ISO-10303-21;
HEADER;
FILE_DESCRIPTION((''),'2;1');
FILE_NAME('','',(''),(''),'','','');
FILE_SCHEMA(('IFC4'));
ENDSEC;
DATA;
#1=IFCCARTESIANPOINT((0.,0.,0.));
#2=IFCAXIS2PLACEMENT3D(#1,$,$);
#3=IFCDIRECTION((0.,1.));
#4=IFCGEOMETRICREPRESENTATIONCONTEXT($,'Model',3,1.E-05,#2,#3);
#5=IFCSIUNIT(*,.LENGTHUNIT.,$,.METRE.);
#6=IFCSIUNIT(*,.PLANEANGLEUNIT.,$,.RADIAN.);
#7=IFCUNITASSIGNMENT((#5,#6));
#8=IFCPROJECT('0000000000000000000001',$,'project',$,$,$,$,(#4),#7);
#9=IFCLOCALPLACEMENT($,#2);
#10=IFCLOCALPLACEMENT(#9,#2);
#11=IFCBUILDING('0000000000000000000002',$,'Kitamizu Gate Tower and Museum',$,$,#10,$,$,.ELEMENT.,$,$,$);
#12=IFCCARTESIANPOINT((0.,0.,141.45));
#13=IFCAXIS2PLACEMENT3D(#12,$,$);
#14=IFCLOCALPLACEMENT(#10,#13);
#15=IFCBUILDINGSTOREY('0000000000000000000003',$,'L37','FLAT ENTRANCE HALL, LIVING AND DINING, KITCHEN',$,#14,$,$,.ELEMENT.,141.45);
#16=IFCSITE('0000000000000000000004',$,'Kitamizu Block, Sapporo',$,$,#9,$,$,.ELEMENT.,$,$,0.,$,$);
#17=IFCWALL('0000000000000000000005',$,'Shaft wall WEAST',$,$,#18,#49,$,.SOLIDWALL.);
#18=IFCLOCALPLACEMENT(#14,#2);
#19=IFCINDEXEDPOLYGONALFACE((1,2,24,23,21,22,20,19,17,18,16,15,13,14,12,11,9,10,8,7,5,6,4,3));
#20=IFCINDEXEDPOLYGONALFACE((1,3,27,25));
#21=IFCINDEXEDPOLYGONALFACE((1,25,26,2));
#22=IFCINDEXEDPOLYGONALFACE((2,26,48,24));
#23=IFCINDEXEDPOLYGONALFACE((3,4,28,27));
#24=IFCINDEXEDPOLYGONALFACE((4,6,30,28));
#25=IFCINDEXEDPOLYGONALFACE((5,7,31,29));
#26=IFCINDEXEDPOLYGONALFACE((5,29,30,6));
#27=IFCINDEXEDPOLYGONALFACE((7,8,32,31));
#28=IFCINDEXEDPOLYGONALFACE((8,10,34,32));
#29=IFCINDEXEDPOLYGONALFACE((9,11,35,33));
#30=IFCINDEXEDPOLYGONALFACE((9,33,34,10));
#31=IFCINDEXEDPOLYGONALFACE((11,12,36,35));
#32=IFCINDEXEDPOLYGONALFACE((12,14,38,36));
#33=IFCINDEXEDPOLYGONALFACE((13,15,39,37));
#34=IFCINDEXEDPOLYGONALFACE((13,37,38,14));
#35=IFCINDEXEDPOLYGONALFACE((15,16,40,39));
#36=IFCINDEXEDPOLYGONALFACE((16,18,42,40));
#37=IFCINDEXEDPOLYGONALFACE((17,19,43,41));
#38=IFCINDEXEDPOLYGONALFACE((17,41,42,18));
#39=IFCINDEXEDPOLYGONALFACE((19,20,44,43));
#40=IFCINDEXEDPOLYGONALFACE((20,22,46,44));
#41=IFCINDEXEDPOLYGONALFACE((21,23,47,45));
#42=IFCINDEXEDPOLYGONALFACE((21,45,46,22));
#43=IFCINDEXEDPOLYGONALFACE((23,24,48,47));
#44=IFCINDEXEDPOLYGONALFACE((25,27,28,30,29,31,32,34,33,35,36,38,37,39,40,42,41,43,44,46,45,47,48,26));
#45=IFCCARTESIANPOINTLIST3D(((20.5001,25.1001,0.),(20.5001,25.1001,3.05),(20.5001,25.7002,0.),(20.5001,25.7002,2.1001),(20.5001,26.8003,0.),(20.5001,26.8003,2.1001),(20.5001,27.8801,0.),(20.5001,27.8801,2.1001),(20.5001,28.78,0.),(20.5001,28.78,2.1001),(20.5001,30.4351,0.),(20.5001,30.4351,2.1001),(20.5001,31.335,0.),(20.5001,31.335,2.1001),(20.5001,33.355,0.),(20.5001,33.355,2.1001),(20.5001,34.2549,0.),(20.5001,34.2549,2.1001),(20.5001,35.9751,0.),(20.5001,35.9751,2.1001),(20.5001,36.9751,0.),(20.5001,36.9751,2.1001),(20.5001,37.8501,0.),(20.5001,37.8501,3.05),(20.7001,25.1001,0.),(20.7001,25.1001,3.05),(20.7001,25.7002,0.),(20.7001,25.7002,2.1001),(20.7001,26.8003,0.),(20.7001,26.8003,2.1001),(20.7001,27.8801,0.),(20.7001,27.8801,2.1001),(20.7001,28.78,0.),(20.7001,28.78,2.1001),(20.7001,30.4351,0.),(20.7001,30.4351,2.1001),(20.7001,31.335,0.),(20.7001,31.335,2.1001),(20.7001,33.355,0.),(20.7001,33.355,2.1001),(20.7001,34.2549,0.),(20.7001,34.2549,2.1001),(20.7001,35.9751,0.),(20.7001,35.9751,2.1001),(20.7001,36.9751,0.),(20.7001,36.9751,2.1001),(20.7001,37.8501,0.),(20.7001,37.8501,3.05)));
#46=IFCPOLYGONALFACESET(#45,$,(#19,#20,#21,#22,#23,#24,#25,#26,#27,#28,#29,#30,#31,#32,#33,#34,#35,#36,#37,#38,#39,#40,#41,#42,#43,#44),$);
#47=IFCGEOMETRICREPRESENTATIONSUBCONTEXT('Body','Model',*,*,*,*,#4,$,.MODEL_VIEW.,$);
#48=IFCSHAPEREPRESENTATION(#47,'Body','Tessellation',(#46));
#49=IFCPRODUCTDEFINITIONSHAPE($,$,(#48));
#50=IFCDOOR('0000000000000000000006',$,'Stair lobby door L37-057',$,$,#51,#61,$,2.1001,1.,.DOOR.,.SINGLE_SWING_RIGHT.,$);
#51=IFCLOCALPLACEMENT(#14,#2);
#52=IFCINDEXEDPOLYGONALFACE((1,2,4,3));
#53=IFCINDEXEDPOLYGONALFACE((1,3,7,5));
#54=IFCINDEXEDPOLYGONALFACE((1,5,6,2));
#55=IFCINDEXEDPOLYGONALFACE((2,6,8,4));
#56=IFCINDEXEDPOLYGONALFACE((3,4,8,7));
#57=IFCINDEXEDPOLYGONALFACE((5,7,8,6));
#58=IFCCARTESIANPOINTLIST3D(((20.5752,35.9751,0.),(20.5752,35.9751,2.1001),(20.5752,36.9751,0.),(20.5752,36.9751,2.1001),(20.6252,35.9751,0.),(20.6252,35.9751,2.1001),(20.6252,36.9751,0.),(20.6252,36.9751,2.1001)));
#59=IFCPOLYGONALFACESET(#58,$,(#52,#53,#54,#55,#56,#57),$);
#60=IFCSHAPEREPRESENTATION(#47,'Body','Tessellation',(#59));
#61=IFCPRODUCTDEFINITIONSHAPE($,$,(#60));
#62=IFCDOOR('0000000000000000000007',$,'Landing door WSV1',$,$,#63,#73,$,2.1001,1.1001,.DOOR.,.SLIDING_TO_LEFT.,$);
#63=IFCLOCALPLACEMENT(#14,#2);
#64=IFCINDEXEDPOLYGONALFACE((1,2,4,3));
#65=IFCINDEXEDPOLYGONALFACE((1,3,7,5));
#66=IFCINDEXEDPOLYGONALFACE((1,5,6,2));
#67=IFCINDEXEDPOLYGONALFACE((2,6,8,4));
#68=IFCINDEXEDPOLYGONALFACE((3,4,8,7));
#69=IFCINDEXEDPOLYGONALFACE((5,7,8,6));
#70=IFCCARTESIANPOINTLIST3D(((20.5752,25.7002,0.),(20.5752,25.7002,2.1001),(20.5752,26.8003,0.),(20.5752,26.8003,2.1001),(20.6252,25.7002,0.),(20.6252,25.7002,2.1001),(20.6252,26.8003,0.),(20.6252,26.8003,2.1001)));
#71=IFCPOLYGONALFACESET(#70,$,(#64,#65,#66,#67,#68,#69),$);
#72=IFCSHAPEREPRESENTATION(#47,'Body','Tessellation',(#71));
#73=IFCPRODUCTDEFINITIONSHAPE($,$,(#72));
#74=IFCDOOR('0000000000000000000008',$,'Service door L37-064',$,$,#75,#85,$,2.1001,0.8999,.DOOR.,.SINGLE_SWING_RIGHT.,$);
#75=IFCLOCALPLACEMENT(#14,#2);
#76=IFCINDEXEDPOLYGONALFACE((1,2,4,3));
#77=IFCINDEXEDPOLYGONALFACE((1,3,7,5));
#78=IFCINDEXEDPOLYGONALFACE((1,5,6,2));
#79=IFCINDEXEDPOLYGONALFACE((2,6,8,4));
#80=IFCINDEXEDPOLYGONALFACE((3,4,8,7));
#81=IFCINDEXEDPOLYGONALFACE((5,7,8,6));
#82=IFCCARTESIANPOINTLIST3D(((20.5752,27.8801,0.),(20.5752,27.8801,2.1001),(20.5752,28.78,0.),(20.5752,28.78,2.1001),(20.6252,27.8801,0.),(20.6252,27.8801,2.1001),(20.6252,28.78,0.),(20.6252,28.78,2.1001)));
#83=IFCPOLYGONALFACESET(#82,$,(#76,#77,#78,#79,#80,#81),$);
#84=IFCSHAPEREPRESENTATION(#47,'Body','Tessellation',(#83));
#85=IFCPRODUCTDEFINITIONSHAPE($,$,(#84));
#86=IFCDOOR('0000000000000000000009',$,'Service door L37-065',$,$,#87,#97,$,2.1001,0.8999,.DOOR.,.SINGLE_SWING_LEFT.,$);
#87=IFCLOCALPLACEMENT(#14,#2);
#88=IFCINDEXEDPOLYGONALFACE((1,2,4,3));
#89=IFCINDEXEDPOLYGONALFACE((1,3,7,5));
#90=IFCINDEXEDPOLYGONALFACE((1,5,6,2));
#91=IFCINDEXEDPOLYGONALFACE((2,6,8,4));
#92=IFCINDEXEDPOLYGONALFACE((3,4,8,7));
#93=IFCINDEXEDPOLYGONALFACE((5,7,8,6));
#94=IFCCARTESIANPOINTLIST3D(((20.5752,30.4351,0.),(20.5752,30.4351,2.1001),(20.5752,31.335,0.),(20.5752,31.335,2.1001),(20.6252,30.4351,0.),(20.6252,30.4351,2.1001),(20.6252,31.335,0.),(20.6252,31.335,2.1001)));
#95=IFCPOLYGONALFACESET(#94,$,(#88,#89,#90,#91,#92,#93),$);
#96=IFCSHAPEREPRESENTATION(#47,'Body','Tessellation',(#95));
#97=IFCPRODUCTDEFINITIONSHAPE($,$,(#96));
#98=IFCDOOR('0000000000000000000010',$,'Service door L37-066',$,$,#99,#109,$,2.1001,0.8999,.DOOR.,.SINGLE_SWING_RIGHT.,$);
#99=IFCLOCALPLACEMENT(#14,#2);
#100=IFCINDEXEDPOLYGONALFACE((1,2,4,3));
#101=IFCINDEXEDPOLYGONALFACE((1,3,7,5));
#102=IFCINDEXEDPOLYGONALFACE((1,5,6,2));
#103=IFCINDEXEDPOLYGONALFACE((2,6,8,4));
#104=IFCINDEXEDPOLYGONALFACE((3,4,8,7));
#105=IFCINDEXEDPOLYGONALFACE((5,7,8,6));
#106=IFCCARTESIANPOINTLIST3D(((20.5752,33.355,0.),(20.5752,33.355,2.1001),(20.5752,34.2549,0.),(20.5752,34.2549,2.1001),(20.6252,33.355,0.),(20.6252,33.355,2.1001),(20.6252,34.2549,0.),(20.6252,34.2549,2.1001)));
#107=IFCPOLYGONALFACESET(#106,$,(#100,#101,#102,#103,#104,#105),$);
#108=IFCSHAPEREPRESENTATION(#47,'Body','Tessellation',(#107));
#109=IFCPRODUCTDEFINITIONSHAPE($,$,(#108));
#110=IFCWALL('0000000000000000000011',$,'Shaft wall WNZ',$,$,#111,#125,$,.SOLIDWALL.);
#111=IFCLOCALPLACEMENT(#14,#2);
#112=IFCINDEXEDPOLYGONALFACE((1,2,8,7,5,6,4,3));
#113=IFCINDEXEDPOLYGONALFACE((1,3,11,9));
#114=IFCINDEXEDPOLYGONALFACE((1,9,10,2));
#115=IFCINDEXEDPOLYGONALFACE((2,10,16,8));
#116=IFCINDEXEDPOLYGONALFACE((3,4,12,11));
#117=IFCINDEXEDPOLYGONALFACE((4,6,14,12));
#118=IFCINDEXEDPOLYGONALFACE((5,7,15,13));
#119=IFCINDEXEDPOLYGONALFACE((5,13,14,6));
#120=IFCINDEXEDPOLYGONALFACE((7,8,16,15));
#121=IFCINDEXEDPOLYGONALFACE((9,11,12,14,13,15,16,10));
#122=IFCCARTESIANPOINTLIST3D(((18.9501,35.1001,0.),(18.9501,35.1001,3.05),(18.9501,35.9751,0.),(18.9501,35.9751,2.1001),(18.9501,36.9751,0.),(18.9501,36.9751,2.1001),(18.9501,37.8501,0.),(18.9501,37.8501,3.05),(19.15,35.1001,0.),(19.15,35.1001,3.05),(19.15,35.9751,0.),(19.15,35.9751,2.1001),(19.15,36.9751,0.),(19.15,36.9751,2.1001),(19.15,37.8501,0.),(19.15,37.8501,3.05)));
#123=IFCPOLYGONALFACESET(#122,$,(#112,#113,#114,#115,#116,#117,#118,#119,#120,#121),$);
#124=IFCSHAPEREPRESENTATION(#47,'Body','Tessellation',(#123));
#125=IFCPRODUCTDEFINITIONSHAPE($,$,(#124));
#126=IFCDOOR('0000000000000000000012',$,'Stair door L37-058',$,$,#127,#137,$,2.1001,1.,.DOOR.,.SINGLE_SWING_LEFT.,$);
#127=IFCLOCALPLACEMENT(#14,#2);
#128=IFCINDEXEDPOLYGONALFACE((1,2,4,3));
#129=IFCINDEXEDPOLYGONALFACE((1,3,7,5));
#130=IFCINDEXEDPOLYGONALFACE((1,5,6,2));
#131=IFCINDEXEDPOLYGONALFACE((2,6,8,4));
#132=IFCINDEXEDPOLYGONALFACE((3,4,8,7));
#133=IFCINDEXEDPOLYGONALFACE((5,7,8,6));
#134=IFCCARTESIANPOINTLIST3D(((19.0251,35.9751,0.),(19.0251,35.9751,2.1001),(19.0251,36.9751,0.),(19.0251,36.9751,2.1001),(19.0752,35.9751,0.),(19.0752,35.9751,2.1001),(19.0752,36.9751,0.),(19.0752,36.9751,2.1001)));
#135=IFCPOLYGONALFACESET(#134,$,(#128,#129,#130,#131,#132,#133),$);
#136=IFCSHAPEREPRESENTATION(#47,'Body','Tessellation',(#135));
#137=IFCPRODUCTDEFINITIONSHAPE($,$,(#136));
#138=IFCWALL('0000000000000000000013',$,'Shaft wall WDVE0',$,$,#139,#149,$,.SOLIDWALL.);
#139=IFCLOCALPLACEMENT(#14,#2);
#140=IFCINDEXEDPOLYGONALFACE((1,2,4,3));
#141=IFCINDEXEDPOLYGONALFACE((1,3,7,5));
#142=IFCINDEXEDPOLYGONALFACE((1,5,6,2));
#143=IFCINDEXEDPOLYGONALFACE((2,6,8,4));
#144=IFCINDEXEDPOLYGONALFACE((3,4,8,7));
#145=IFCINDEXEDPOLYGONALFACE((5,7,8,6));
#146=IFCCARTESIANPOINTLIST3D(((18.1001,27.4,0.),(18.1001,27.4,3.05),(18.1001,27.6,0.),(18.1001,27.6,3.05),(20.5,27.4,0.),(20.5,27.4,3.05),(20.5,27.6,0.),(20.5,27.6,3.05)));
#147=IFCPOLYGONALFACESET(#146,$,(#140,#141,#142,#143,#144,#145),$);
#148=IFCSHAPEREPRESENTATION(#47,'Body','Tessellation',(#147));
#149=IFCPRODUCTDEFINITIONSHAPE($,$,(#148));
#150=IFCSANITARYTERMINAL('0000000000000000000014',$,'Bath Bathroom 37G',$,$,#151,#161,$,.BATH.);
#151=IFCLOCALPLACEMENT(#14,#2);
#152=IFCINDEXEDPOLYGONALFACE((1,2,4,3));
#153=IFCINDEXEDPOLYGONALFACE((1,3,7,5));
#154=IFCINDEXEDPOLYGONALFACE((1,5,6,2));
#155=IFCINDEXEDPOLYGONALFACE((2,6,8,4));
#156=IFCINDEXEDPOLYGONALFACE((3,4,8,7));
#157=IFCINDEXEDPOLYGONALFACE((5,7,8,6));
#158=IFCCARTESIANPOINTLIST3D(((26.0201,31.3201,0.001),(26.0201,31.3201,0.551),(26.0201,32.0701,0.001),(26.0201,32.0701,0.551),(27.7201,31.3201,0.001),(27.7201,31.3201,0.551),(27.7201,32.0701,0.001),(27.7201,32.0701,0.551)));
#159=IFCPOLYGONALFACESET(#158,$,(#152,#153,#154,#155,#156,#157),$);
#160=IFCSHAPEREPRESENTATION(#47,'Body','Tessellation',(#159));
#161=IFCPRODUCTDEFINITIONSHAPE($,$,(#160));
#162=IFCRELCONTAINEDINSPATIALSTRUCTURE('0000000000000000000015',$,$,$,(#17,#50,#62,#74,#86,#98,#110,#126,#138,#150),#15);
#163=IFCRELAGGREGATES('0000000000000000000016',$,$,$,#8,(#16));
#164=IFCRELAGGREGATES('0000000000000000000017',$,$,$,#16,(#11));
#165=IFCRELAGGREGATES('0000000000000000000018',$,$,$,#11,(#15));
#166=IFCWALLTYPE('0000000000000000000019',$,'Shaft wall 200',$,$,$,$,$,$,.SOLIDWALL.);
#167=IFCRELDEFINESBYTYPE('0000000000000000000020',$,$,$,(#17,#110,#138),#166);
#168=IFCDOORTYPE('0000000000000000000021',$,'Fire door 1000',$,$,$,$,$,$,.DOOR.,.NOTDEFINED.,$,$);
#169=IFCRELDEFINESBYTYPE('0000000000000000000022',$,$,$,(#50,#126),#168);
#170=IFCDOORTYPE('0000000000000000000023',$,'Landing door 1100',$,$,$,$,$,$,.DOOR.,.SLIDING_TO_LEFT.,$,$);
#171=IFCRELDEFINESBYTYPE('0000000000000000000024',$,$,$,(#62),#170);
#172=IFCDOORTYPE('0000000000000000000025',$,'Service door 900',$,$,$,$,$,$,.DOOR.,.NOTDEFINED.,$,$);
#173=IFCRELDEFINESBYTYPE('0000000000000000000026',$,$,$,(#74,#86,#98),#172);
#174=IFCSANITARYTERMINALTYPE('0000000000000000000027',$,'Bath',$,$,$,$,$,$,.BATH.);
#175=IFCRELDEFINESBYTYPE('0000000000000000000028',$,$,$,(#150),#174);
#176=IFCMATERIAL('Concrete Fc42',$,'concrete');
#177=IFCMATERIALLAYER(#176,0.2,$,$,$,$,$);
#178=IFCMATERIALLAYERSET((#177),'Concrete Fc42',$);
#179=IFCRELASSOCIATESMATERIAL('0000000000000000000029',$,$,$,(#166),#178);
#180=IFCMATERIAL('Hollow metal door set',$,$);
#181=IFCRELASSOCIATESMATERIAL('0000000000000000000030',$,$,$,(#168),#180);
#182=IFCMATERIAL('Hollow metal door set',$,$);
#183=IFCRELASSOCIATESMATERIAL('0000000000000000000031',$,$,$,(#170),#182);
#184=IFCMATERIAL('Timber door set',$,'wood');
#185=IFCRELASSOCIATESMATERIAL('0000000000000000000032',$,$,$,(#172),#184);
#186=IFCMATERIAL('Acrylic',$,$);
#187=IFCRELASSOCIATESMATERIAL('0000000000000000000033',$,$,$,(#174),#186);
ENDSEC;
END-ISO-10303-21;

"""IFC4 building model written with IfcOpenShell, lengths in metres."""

from ifc_helpers import new_model, si_unit, direction, frame, frame_2d, origin, origin_2d, place, context, subcontext, project, spatial, rectangle, extrude, material, layer, layer_set, type_object, element, fill, save


model = new_model("IFC4")

# Units and contexts
model_context = context("Model", 3, precision=1e-05, world=origin(), true_north=direction((0.0, 1.0)))
body_context = subcontext(model_context, "Body", "Model", "MODEL_VIEW")
ifc_project = project(units=[si_unit("LENGTHUNIT", "METRE"), si_unit("PLANEANGLEUNIT", "RADIAN")], contexts=[model_context])

# Site, building, storey
site_placement = place(None, origin())
site = spatial("IfcSite", under=ifc_project, at=site_placement, Name="Kitamizu Block, Sapporo", CompositionType="ELEMENT", RefElevation=0.0)
building_placement = place(site_placement, origin())
building = spatial("IfcBuilding", under=site, at=building_placement, Name="Kitamizu Gate Tower and Museum", CompositionType="ELEMENT")
storey_placement = place(building_placement, frame((0.0, 0.0, 141.45)))
storey = spatial("IfcBuildingStorey", under=building, at=storey_placement, Name="L37", Description="FLAT ENTRANCE HALL, LIVING AND DINING, KITCHEN", CompositionType="ELEMENT", Elevation=141.45)

# Wall, openings, doors
ifc_material_1 = material(Name="Concrete Fc42", Category="concrete")
ifc_layer_1 = layer(ifc_material_1, 0.2)
ifc_layer_set_1 = layer_set([ifc_layer_1], Name="Concrete Fc42")
wall_type_1 = type_object("IfcWallType", Name="Shaft wall 200", PredefinedType="SOLIDWALL", material=ifc_layer_set_1)
wall_1_placement = place(storey_placement, frame((20.6001, 25.1001, 0.0), z_axis=(0.0, 0.0, 1.0), x_axis=(0.0, 1.0, 0.0)))
wall_1 = element("IfcWall", 1, at=wall_1_placement, inside=storey, type_object=wall_type_1, Name="Shaft wall WEAST", PredefinedType="SOLIDWALL", context=body_context, shape_type="SweptSolid", body=[
    extrude(rectangle(XDim=12.75, YDim=0.2, at=frame_2d((6.375, 0.0))), origin(), (0.0, 0.0, 1.0), 3.05),
])
opening_1_placement = place(wall_1_placement, frame((0.6001, 0.0, 0.0)))
opening_1 = element("IfcOpeningElement", 2, at=opening_1_placement, cuts=wall_1, PredefinedType="OPENING", context=body_context, shape_type="SweptSolid", body=[
    extrude(rectangle(XDim=1.1001, YDim=2.1001, at=frame_2d((0.55, 1.05))), frame((0.0, 0.1099, 0.0), z_axis=(0.0, -1.0, 0.0), x_axis=(1.0, 0.0, 0.0)), (0.0, 0.0, 1.0), 0.22),
])
opening_2_placement = place(wall_1_placement, frame((10.875, 0.0, 0.0)))
opening_2 = element("IfcOpeningElement", 3, at=opening_2_placement, cuts=wall_1, PredefinedType="OPENING", context=body_context, shape_type="SweptSolid", body=[
    extrude(rectangle(XDim=1.0, YDim=2.1001, at=frame_2d((0.5, 1.05))), frame((0.0, 0.1099, 0.0), z_axis=(0.0, -1.0, 0.0), x_axis=(1.0, 0.0, 0.0)), (0.0, 0.0, 1.0), 0.22),
])
opening_3_placement = place(wall_1_placement, frame((2.78, 0.0, 0.0)))
opening_3 = element("IfcOpeningElement", 4, at=opening_3_placement, cuts=wall_1, PredefinedType="OPENING", context=body_context, shape_type="SweptSolid", body=[
    extrude(rectangle(XDim=0.8999, YDim=2.1001, at=frame_2d((0.45, 1.05))), frame((0.0, 0.1099, 0.0), z_axis=(0.0, -1.0, 0.0), x_axis=(1.0, 0.0, 0.0)), (0.0, 0.0, 1.0), 0.22),
])
opening_4_placement = place(wall_1_placement, frame((5.335, 0.0, 0.0)))
opening_4 = element("IfcOpeningElement", 5, at=opening_4_placement, cuts=wall_1, PredefinedType="OPENING", context=body_context, shape_type="SweptSolid", body=[
    extrude(rectangle(XDim=0.8999, YDim=2.1001, at=frame_2d((0.45, 1.05))), frame((0.0, 0.1099, 0.0), z_axis=(0.0, -1.0, 0.0), x_axis=(1.0, 0.0, 0.0)), (0.0, 0.0, 1.0), 0.22),
])
opening_5_placement = place(wall_1_placement, frame((8.2549, 0.0, 0.0)))
opening_5 = element("IfcOpeningElement", 6, at=opening_5_placement, cuts=wall_1, PredefinedType="OPENING", context=body_context, shape_type="SweptSolid", body=[
    extrude(rectangle(XDim=0.8999, YDim=2.1001, at=frame_2d((0.45, 1.05))), frame((0.0, 0.1099, 0.0), z_axis=(0.0, -1.0, 0.0), x_axis=(1.0, 0.0, 0.0)), (0.0, 0.0, 1.0), 0.22),
])
ifc_material_2 = material(Name="Hollow metal door set")
door_type_1 = type_object("IfcDoorType", Name="Fire door 1000", OperationType="NOTDEFINED", PredefinedType="DOOR", material=ifc_material_2)
door_1_placement = place(opening_2_placement, origin())
door_1 = element("IfcDoor", 7, at=door_1_placement, inside=storey, type_object=door_type_1, Name="Stair lobby door L37-057", OperationType="SINGLE_SWING_RIGHT", OverallHeight=2.1001, OverallWidth=1.0, PredefinedType="DOOR", context=body_context, shape_type="SweptSolid", body=[
    extrude(rectangle(XDim=1.0, YDim=2.1001, at=frame_2d((0.5, 1.05))), frame((0.0, 0.0249, 0.0), z_axis=(0.0, -1.0, 0.0), x_axis=(1.0, 0.0, 0.0)), (0.0, 0.0, 1.0), 0.05),
])
fill(opening_2, door_1)
ifc_material_3 = material(Name="Hollow metal door set")
door_type_2 = type_object("IfcDoorType", Name="Landing door 1100", OperationType="SLIDING_TO_LEFT", PredefinedType="DOOR", material=ifc_material_3)
door_2_placement = place(opening_1_placement, origin())
door_2 = element("IfcDoor", 8, at=door_2_placement, inside=storey, type_object=door_type_2, Name="Landing door WSV1", OperationType="SLIDING_TO_LEFT", OverallHeight=2.1001, OverallWidth=1.1001, PredefinedType="DOOR", context=body_context, shape_type="SweptSolid", body=[
    extrude(rectangle(XDim=1.1001, YDim=2.1001, at=frame_2d((0.55, 1.05))), frame((0.0, 0.0249, 0.0), z_axis=(0.0, -1.0, 0.0), x_axis=(1.0, 0.0, 0.0)), (0.0, 0.0, 1.0), 0.05),
])
fill(opening_1, door_2)
ifc_material_4 = material(Name="Timber door set", Category="wood")
door_type_3 = type_object("IfcDoorType", Name="Service door 900", OperationType="NOTDEFINED", PredefinedType="DOOR", material=ifc_material_4)
door_3_placement = place(opening_3_placement, origin())
door_3 = element("IfcDoor", 9, at=door_3_placement, inside=storey, type_object=door_type_3, Name="Service door L37-064", OperationType="SINGLE_SWING_RIGHT", OverallHeight=2.1001, OverallWidth=0.8999, PredefinedType="DOOR", context=body_context, shape_type="SweptSolid", body=[
    extrude(rectangle(XDim=0.8999, YDim=2.1001, at=frame_2d((0.45, 1.05))), frame((0.0, 0.0249, 0.0), z_axis=(0.0, -1.0, 0.0), x_axis=(1.0, 0.0, 0.0)), (0.0, 0.0, 1.0), 0.05),
])
fill(opening_3, door_3)
door_4_placement = place(opening_4_placement, origin())
door_4 = element("IfcDoor", 10, at=door_4_placement, inside=storey, type_object=door_type_3, Name="Service door L37-065", OperationType="SINGLE_SWING_LEFT", OverallHeight=2.1001, OverallWidth=0.8999, PredefinedType="DOOR", context=body_context, shape_type="SweptSolid", body=[
    extrude(rectangle(XDim=0.8999, YDim=2.1001, at=frame_2d((0.45, 1.05))), frame((0.0, 0.0249, 0.0), z_axis=(0.0, -1.0, 0.0), x_axis=(1.0, 0.0, 0.0)), (0.0, 0.0, 1.0), 0.05),
])
fill(opening_4, door_4)
door_5_placement = place(opening_5_placement, origin())
door_5 = element("IfcDoor", 11, at=door_5_placement, inside=storey, type_object=door_type_3, Name="Service door L37-066", OperationType="SINGLE_SWING_RIGHT", OverallHeight=2.1001, OverallWidth=0.8999, PredefinedType="DOOR", context=body_context, shape_type="SweptSolid", body=[
    extrude(rectangle(XDim=0.8999, YDim=2.1001, at=frame_2d((0.45, 1.05))), frame((0.0, 0.0249, 0.0), z_axis=(0.0, -1.0, 0.0), x_axis=(1.0, 0.0, 0.0)), (0.0, 0.0, 1.0), 0.05),
])
fill(opening_5, door_5)

# Wall, opening, door
wall_2_placement = place(storey_placement, frame((19.05, 35.1001, 0.0), z_axis=(0.0, 0.0, 1.0), x_axis=(0.0, 1.0, 0.0)))
wall_2 = element("IfcWall", 12, at=wall_2_placement, inside=storey, type_object=wall_type_1, Name="Shaft wall WNZ", PredefinedType="SOLIDWALL", context=body_context, shape_type="SweptSolid", body=[
    extrude(rectangle(XDim=2.75, YDim=0.2, at=frame_2d((1.375, 0.0))), origin(), (0.0, 0.0, 1.0), 3.05),
])
opening_6_placement = place(wall_2_placement, frame((0.875, 0.0, 0.0)))
opening_6 = element("IfcOpeningElement", 13, at=opening_6_placement, cuts=wall_2, PredefinedType="OPENING", context=body_context, shape_type="SweptSolid", body=[
    extrude(rectangle(XDim=1.0, YDim=2.1001, at=frame_2d((0.5, 1.05))), frame((0.0, 0.1099, 0.0), z_axis=(0.0, -1.0, 0.0), x_axis=(1.0, 0.0, 0.0)), (0.0, 0.0, 1.0), 0.22),
])
door_6_placement = place(opening_6_placement, origin())
door_6 = element("IfcDoor", 14, at=door_6_placement, inside=storey, type_object=door_type_1, Name="Stair door L37-058", OperationType="SINGLE_SWING_LEFT", OverallHeight=2.1001, OverallWidth=1.0, PredefinedType="DOOR", context=body_context, shape_type="SweptSolid", body=[
    extrude(rectangle(XDim=1.0, YDim=2.1001, at=frame_2d((0.5, 1.05))), frame((0.0, 0.0249, 0.0), z_axis=(0.0, -1.0, 0.0), x_axis=(1.0, 0.0, 0.0)), (0.0, 0.0, 1.0), 0.05),
])
fill(opening_6, door_6)

# Wall
wall_3_placement = place(storey_placement, frame((18.1001, 27.5, 0.0), z_axis=(0.0, 0.0, 1.0), x_axis=(1.0, 0.0, 0.0)))
element("IfcWall", 15, at=wall_3_placement, inside=storey, type_object=wall_type_1, Name="Shaft wall WDVE0", PredefinedType="SOLIDWALL", context=body_context, shape_type="SweptSolid", body=[
    extrude(rectangle(XDim=2.3999, YDim=0.2, at=frame_2d((1.2, 0.0))), origin(), (0.0, 0.0, 1.0), 3.05),
])

# Sanitary terminal
ifc_material_5 = material(Name="Acrylic")
sanitary_terminal_type_1 = type_object("IfcSanitaryTerminalType", Name="Bath", PredefinedType="BATH", material=ifc_material_5)
sanitary_terminal_1_placement = place(storey_placement, frame((26.8701, 31.6951, 0.001), z_axis=(0.0, 0.0, 1.0), x_axis=(1.0, 0.0, 0.0)))
element("IfcSanitaryTerminal", 16, at=sanitary_terminal_1_placement, inside=storey, type_object=sanitary_terminal_type_1, Name="Bath Bathroom 37G", PredefinedType="BATH", context=body_context, shape_type="SweptSolid", body=[
    extrude(rectangle(XDim=1.7, YDim=0.75, at=origin_2d()), origin(), (0.0, 0.0, 1.0), 0.55),
])

save(model, "model.ifc")
